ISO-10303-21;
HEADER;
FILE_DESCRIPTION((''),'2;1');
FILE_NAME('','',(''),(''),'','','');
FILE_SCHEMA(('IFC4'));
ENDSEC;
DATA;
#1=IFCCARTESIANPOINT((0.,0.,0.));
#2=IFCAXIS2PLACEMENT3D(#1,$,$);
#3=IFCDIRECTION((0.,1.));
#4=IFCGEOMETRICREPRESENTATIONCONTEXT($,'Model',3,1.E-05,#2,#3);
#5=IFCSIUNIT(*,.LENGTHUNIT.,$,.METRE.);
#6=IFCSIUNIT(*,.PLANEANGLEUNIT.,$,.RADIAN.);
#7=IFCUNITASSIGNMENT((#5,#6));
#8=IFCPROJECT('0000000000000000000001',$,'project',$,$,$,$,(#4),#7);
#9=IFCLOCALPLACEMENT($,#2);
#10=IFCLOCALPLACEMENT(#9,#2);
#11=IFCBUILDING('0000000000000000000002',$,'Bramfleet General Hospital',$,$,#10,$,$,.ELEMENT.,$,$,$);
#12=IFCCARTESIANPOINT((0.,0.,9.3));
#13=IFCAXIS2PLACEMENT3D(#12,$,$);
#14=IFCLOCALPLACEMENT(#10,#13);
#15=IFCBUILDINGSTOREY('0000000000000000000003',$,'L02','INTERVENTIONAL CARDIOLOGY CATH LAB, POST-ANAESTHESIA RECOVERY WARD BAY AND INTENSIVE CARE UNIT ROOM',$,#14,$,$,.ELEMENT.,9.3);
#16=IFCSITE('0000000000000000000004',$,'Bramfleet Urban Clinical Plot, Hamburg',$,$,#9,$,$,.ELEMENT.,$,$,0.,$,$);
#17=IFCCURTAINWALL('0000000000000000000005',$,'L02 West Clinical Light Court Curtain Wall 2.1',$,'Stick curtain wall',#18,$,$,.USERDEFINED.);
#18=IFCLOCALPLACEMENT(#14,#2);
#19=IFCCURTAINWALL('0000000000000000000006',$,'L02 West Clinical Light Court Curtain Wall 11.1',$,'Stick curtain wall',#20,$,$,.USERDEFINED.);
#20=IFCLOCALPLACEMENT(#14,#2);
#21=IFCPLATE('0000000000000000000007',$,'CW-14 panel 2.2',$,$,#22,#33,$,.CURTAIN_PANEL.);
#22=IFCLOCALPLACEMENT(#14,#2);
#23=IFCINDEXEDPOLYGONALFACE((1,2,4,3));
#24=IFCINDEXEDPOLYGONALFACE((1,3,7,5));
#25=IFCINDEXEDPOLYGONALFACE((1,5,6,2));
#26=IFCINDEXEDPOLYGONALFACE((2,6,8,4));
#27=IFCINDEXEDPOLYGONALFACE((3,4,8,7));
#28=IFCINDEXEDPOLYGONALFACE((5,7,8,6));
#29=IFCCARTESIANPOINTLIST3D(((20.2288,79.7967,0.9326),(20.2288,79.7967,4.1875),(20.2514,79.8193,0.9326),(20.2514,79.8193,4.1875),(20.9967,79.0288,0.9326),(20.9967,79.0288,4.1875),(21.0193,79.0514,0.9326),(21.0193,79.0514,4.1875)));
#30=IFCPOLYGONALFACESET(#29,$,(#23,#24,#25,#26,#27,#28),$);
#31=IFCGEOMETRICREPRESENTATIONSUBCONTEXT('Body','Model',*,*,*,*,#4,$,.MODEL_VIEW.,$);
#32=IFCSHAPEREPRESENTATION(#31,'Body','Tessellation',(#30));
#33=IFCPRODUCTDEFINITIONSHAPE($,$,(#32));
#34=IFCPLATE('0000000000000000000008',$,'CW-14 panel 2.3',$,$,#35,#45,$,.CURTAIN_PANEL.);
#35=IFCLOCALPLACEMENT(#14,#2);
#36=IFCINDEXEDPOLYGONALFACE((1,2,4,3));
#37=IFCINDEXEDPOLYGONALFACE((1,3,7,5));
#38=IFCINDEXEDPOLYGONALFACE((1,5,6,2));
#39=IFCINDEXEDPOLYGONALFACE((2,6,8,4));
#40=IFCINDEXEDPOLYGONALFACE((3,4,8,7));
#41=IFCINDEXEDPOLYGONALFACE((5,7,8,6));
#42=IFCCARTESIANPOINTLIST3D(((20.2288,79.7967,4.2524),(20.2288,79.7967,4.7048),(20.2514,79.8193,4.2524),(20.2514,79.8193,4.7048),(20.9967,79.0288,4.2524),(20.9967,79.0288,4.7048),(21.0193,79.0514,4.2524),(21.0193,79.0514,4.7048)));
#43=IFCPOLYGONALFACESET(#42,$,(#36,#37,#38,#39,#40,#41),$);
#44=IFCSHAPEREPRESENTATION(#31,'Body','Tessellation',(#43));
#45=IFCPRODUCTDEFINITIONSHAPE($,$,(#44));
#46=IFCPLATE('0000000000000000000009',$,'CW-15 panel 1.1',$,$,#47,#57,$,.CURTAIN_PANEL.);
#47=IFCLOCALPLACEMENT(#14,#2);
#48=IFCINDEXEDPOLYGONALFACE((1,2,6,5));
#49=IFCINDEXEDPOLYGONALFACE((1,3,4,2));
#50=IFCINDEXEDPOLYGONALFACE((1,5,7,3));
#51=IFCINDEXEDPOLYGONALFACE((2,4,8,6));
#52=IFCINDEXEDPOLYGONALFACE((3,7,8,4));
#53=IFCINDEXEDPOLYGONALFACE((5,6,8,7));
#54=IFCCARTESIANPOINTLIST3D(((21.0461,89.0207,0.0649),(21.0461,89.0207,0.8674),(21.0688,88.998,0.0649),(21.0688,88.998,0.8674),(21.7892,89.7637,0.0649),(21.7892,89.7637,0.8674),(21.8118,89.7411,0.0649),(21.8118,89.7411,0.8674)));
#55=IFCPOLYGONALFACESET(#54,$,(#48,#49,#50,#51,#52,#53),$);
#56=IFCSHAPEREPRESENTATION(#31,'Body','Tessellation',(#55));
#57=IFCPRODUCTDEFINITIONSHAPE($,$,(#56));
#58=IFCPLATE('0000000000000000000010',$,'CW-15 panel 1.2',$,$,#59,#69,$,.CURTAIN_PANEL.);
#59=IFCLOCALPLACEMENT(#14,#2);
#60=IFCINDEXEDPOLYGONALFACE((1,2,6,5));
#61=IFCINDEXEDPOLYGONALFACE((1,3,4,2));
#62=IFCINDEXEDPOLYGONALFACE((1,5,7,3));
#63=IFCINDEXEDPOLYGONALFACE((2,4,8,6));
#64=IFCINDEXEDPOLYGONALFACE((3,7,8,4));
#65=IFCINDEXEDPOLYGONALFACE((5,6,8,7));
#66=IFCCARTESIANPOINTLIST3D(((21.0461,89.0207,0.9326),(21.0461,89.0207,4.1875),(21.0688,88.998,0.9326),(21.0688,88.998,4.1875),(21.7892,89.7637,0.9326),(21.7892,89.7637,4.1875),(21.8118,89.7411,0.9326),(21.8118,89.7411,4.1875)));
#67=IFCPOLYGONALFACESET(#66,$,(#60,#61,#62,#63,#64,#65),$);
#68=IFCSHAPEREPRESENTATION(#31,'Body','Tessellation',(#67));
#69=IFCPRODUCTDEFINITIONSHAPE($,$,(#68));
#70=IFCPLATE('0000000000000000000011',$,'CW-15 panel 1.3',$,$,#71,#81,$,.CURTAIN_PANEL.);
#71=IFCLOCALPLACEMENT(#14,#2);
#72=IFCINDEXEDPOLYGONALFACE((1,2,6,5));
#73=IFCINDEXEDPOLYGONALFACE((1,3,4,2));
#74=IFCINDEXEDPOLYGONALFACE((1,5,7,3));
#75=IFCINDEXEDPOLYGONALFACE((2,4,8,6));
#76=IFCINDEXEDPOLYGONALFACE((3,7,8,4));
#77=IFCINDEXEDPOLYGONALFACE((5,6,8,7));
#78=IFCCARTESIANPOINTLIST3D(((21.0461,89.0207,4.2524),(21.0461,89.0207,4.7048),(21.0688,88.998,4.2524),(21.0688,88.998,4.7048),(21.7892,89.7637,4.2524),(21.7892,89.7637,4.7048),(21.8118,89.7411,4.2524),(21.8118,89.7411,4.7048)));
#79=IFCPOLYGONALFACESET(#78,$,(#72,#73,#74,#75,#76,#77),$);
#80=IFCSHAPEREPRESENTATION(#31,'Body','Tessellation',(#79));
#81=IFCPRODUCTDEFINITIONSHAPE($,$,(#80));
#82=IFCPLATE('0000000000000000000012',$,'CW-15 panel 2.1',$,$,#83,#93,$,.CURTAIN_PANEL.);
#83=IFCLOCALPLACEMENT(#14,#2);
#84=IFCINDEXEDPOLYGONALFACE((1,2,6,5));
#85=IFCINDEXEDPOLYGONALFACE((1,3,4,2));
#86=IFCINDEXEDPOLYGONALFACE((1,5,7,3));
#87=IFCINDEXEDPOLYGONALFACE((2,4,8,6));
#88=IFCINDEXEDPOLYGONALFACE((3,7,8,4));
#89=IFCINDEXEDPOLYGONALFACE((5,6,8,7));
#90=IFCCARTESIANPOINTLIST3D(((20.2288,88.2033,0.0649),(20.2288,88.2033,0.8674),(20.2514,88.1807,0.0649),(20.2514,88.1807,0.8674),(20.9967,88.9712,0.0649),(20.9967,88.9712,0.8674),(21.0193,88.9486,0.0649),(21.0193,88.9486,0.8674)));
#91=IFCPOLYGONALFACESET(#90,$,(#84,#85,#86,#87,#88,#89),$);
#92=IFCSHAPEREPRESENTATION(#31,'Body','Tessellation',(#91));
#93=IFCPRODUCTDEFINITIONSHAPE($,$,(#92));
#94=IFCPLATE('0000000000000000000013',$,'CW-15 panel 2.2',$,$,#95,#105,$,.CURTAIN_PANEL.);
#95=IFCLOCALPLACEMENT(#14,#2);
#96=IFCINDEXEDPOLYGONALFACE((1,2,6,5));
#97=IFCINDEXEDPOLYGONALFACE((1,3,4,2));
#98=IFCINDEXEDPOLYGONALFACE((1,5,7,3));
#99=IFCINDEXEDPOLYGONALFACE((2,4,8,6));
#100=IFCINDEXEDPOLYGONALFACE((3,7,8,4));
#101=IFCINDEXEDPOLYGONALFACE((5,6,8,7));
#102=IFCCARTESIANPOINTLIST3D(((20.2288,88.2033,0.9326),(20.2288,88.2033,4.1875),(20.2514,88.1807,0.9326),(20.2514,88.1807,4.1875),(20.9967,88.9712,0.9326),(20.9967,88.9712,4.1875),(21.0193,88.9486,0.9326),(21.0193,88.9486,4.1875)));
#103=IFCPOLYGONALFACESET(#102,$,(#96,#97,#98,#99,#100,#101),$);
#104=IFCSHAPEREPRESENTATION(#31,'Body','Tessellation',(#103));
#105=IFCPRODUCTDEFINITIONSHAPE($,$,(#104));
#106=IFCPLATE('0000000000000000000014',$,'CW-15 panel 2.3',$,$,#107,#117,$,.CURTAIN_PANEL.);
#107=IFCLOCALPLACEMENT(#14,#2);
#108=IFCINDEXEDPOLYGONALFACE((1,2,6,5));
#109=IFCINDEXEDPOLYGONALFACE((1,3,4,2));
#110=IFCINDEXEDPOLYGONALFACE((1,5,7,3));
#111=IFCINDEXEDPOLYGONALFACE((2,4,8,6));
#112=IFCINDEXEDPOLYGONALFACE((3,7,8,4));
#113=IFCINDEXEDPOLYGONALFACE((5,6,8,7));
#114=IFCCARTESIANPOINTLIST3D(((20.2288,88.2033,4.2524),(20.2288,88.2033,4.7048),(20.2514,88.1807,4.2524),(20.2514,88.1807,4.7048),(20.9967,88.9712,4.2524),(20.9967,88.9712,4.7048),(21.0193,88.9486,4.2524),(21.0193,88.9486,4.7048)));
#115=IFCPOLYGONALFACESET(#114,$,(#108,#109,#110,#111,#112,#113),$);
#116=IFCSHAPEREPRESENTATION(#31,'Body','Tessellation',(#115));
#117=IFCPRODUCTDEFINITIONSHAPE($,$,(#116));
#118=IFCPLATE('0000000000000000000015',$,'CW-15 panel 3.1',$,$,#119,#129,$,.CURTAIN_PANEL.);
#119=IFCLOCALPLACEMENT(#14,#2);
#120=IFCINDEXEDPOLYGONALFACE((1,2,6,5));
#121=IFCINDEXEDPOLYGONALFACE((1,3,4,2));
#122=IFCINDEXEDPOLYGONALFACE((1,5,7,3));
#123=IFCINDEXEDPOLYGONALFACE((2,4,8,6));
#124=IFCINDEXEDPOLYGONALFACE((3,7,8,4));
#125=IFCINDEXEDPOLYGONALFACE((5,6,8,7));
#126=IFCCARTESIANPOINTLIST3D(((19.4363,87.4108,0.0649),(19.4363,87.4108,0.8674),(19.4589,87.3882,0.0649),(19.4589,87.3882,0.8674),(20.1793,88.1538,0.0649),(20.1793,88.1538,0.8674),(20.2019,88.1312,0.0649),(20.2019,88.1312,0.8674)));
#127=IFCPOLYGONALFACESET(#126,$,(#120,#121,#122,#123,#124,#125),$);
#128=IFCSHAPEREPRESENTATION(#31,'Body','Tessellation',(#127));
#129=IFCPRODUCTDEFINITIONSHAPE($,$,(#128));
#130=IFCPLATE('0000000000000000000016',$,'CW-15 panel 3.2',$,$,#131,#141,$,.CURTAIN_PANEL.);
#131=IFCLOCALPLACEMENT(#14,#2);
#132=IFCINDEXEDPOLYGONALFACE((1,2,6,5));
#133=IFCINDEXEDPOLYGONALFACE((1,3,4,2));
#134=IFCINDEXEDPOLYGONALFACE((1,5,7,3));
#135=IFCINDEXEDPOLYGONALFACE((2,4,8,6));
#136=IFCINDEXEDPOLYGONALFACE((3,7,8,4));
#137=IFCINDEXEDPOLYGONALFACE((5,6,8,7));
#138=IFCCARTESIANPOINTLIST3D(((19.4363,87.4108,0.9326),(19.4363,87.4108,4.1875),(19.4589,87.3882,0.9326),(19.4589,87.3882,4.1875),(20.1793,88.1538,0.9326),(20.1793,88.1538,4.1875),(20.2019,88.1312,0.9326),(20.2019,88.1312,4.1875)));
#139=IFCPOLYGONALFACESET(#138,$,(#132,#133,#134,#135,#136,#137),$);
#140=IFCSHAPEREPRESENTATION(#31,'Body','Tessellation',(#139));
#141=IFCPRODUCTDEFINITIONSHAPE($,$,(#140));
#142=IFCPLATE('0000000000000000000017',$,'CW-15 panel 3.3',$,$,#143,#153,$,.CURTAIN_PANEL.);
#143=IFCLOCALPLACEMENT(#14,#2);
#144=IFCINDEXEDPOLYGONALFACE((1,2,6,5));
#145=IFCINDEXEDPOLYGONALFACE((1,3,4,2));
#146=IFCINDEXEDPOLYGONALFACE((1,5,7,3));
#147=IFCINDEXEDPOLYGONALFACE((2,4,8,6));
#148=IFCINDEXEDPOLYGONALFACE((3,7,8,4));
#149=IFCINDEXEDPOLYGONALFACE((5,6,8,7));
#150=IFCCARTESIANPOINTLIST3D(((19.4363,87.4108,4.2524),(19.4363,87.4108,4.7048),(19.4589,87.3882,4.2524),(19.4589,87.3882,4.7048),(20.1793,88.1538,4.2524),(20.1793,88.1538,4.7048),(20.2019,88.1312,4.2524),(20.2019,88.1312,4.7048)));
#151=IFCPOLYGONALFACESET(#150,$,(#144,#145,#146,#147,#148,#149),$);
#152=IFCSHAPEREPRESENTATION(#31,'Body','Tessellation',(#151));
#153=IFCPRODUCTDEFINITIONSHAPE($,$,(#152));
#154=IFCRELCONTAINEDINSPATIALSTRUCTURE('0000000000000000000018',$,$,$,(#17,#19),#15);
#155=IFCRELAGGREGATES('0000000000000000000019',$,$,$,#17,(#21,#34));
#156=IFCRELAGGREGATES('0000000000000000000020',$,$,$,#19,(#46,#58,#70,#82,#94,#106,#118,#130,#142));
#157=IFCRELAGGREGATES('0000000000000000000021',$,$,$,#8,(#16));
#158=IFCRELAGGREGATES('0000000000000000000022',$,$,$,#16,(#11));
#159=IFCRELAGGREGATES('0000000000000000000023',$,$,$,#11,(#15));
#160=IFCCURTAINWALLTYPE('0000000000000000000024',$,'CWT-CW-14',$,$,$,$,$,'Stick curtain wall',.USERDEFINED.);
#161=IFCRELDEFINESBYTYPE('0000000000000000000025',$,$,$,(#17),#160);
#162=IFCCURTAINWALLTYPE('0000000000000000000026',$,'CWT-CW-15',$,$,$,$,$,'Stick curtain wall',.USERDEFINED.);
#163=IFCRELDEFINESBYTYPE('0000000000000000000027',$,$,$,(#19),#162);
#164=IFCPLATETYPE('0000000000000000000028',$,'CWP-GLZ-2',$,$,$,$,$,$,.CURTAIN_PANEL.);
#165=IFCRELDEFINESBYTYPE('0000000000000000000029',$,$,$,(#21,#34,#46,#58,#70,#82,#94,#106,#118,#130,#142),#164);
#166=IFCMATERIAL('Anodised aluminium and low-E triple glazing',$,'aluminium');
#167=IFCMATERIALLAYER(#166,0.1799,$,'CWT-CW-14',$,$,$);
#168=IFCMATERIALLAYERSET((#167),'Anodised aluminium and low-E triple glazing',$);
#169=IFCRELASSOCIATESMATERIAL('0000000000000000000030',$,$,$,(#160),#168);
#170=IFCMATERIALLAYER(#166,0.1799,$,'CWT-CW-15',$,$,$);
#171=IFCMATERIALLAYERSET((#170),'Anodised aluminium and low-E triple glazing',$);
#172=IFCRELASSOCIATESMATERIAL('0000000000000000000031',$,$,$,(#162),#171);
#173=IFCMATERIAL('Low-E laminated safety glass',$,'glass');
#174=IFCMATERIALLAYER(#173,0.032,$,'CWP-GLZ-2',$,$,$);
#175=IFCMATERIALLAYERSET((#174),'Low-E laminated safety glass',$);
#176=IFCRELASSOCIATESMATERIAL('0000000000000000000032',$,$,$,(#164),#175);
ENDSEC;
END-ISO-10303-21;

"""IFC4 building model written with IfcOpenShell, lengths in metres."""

from ifc_helpers import new_model, si_unit, direction, frame, origin, origin_2d, place, context, subcontext, project, spatial, rectangle, extrude, material, layer, layer_set, type_object, element, aggregate, save


model = new_model("IFC4")

# Units and contexts
model_context = context("Model", 3, precision=1e-05, world=origin(), true_north=direction((0.0, 1.0)))
body_context = subcontext(model_context, "Body", "Model", "MODEL_VIEW")
ifc_project = project(units=[si_unit("LENGTHUNIT", "METRE"), si_unit("PLANEANGLEUNIT", "RADIAN")], contexts=[model_context])

# Site, building, storey
site_placement = place(None, origin())
site = spatial("IfcSite", under=ifc_project, at=site_placement, Name="Bramfleet Urban Clinical Plot, Hamburg", CompositionType="ELEMENT", RefElevation=0.0)
building_placement = place(site_placement, origin())
building = spatial("IfcBuilding", under=site, at=building_placement, Name="Bramfleet General Hospital", CompositionType="ELEMENT")
storey_placement = place(building_placement, frame((0.0, 0.0, 9.3)))
storey = spatial("IfcBuildingStorey", under=building, at=storey_placement, Name="L02", Description="INTERVENTIONAL CARDIOLOGY CATH LAB, POST-ANAESTHESIA RECOVERY WARD BAY AND INTENSIVE CARE UNIT ROOM", CompositionType="ELEMENT", Elevation=9.3)

# Curtain walls
ifc_material_1 = material(Name="Anodised aluminium and low-E triple glazing", Category="aluminium")
ifc_layer_1 = layer(ifc_material_1, 0.1799, Name="CWT-CW-14")
ifc_layer_set_1 = layer_set([ifc_layer_1], Name="Anodised aluminium and low-E triple glazing")
curtain_wall_type_1 = type_object("IfcCurtainWallType", Name="CWT-CW-14", ElementType="Stick curtain wall", PredefinedType="USERDEFINED", material=ifc_layer_set_1)
curtain_wall_1_placement = place(storey_placement, origin())
curtain_wall_1 = element("IfcCurtainWall", 1, at=curtain_wall_1_placement, inside=storey, type_object=curtain_wall_type_1, Name="L02 West Clinical Light Court Curtain Wall 2.1", ObjectType="Stick curtain wall", PredefinedType="USERDEFINED")
ifc_layer_2 = layer(ifc_material_1, 0.1799, Name="CWT-CW-15")
ifc_layer_set_2 = layer_set([ifc_layer_2], Name="Anodised aluminium and low-E triple glazing")
curtain_wall_type_2 = type_object("IfcCurtainWallType", Name="CWT-CW-15", ElementType="Stick curtain wall", PredefinedType="USERDEFINED", material=ifc_layer_set_2)
curtain_wall_2_placement = place(storey_placement, origin())
curtain_wall_2 = element("IfcCurtainWall", 2, at=curtain_wall_2_placement, inside=storey, type_object=curtain_wall_type_2, Name="L02 West Clinical Light Court Curtain Wall 11.1", ObjectType="Stick curtain wall", PredefinedType="USERDEFINED")

# Plates
ifc_material_2 = material(Name="Low-E laminated safety glass", Category="glass")
ifc_layer_3 = layer(ifc_material_2, 0.032, Name="CWP-GLZ-2")
ifc_layer_set_3 = layer_set([ifc_layer_3], Name="Low-E laminated safety glass")
plate_type = type_object("IfcPlateType", Name="CWP-GLZ-2", PredefinedType="CURTAIN_PANEL", material=ifc_layer_set_3)
plate_1_placement = place(storey_placement, frame((20.624, 79.4241, 0.9326), z_axis=(0.0, 0.0, 1.0), x_axis=(0.707107, -0.707107, 0.0)))
plate_1 = element("IfcPlate", 3, at=plate_1_placement, type_object=plate_type, Name="CW-14 panel 2.2", PredefinedType="CURTAIN_PANEL", context=body_context, shape_type="SweptSolid", body=[
    extrude(rectangle(XDim=1.0859, YDim=0.032, at=origin_2d()), origin(), (0.0, 0.0, 1.0), 3.2549),
])
plate_2_placement = place(storey_placement, frame((20.624, 79.4241, 4.2524), z_axis=(0.0, 0.0, 1.0), x_axis=(0.707107, -0.707107, 0.0)))
plate_2 = element("IfcPlate", 4, at=plate_2_placement, type_object=plate_type, Name="CW-14 panel 2.3", PredefinedType="CURTAIN_PANEL", context=body_context, shape_type="SweptSolid", body=[
    extrude(rectangle(XDim=1.0859, YDim=0.032, at=origin_2d()), origin(), (0.0, 0.0, 1.0), 0.4524),
])
aggregate(curtain_wall_1, [plate_1, plate_2])
plate_3_placement = place(storey_placement, frame((21.429, 89.3809, 0.0649), z_axis=(0.0, 0.0, 1.0), x_axis=(-0.707107, -0.707107, 0.0)))
plate_3 = element("IfcPlate", 5, at=plate_3_placement, type_object=plate_type, Name="CW-15 panel 1.1", PredefinedType="CURTAIN_PANEL", context=body_context, shape_type="SweptSolid", body=[
    extrude(rectangle(XDim=1.0508, YDim=0.032, at=origin_2d()), origin(), (0.0, 0.0, 1.0), 0.8025),
])
plate_4_placement = place(storey_placement, frame((21.429, 89.3809, 0.9326), z_axis=(0.0, 0.0, 1.0), x_axis=(-0.707107, -0.707107, 0.0)))
plate_4 = element("IfcPlate", 6, at=plate_4_placement, type_object=plate_type, Name="CW-15 panel 1.2", PredefinedType="CURTAIN_PANEL", context=body_context, shape_type="SweptSolid", body=[
    extrude(rectangle(XDim=1.0508, YDim=0.032, at=origin_2d()), origin(), (0.0, 0.0, 1.0), 3.2549),
])
plate_5_placement = place(storey_placement, frame((21.429, 89.3809, 4.2524), z_axis=(0.0, 0.0, 1.0), x_axis=(-0.707107, -0.707107, 0.0)))
plate_5 = element("IfcPlate", 7, at=plate_5_placement, type_object=plate_type, Name="CW-15 panel 1.3", PredefinedType="CURTAIN_PANEL", context=body_context, shape_type="SweptSolid", body=[
    extrude(rectangle(XDim=1.0508, YDim=0.032, at=origin_2d()), origin(), (0.0, 0.0, 1.0), 0.4524),
])
plate_6_placement = place(storey_placement, frame((20.624, 88.5759, 0.0649), z_axis=(0.0, 0.0, 1.0), x_axis=(-0.707107, -0.707107, 0.0)))
plate_6 = element("IfcPlate", 8, at=plate_6_placement, type_object=plate_type, Name="CW-15 panel 2.1", PredefinedType="CURTAIN_PANEL", context=body_context, shape_type="SweptSolid", body=[
    extrude(rectangle(XDim=1.0859, YDim=0.032, at=origin_2d()), origin(), (0.0, 0.0, 1.0), 0.8025),
])
plate_7_placement = place(storey_placement, frame((20.624, 88.5759, 0.9326), z_axis=(0.0, 0.0, 1.0), x_axis=(-0.707107, -0.707107, 0.0)))
plate_7 = element("IfcPlate", 9, at=plate_7_placement, type_object=plate_type, Name="CW-15 panel 2.2", PredefinedType="CURTAIN_PANEL", context=body_context, shape_type="SweptSolid", body=[
    extrude(rectangle(XDim=1.0859, YDim=0.032, at=origin_2d()), origin(), (0.0, 0.0, 1.0), 3.2549),
])
plate_8_placement = place(storey_placement, frame((20.624, 88.5759, 4.2524), z_axis=(0.0, 0.0, 1.0), x_axis=(-0.707107, -0.707107, 0.0)))
plate_8 = element("IfcPlate", 10, at=plate_8_placement, type_object=plate_type, Name="CW-15 panel 2.3", PredefinedType="CURTAIN_PANEL", context=body_context, shape_type="SweptSolid", body=[
    extrude(rectangle(XDim=1.0859, YDim=0.032, at=origin_2d()), origin(), (0.0, 0.0, 1.0), 0.4524),
])
plate_9_placement = place(storey_placement, frame((19.8191, 87.771, 0.0649), z_axis=(0.0, 0.0, 1.0), x_axis=(-0.707107, -0.707107, 0.0)))
plate_9 = element("IfcPlate", 11, at=plate_9_placement, type_object=plate_type, Name="CW-15 panel 3.1", PredefinedType="CURTAIN_PANEL", context=body_context, shape_type="SweptSolid", body=[
    extrude(rectangle(XDim=1.0508, YDim=0.032, at=origin_2d()), origin(), (0.0, 0.0, 1.0), 0.8025),
])
plate_10_placement = place(storey_placement, frame((19.8191, 87.771, 0.9326), z_axis=(0.0, 0.0, 1.0), x_axis=(-0.707107, -0.707107, 0.0)))
plate_10 = element("IfcPlate", 12, at=plate_10_placement, type_object=plate_type, Name="CW-15 panel 3.2", PredefinedType="CURTAIN_PANEL", context=body_context, shape_type="SweptSolid", body=[
    extrude(rectangle(XDim=1.0508, YDim=0.032, at=origin_2d()), origin(), (0.0, 0.0, 1.0), 3.2549),
])
plate_11_placement = place(storey_placement, frame((19.8191, 87.771, 4.2524), z_axis=(0.0, 0.0, 1.0), x_axis=(-0.707107, -0.707107, 0.0)))
plate_11 = element("IfcPlate", 13, at=plate_11_placement, type_object=plate_type, Name="CW-15 panel 3.3", PredefinedType="CURTAIN_PANEL", context=body_context, shape_type="SweptSolid", body=[
    extrude(rectangle(XDim=1.0508, YDim=0.032, at=origin_2d()), origin(), (0.0, 0.0, 1.0), 0.4524),
])
aggregate(curtain_wall_2, [plate_3, plate_4, plate_5, plate_6, plate_7, plate_8, plate_9, plate_10, plate_11])

save(model, "model.ifc")
